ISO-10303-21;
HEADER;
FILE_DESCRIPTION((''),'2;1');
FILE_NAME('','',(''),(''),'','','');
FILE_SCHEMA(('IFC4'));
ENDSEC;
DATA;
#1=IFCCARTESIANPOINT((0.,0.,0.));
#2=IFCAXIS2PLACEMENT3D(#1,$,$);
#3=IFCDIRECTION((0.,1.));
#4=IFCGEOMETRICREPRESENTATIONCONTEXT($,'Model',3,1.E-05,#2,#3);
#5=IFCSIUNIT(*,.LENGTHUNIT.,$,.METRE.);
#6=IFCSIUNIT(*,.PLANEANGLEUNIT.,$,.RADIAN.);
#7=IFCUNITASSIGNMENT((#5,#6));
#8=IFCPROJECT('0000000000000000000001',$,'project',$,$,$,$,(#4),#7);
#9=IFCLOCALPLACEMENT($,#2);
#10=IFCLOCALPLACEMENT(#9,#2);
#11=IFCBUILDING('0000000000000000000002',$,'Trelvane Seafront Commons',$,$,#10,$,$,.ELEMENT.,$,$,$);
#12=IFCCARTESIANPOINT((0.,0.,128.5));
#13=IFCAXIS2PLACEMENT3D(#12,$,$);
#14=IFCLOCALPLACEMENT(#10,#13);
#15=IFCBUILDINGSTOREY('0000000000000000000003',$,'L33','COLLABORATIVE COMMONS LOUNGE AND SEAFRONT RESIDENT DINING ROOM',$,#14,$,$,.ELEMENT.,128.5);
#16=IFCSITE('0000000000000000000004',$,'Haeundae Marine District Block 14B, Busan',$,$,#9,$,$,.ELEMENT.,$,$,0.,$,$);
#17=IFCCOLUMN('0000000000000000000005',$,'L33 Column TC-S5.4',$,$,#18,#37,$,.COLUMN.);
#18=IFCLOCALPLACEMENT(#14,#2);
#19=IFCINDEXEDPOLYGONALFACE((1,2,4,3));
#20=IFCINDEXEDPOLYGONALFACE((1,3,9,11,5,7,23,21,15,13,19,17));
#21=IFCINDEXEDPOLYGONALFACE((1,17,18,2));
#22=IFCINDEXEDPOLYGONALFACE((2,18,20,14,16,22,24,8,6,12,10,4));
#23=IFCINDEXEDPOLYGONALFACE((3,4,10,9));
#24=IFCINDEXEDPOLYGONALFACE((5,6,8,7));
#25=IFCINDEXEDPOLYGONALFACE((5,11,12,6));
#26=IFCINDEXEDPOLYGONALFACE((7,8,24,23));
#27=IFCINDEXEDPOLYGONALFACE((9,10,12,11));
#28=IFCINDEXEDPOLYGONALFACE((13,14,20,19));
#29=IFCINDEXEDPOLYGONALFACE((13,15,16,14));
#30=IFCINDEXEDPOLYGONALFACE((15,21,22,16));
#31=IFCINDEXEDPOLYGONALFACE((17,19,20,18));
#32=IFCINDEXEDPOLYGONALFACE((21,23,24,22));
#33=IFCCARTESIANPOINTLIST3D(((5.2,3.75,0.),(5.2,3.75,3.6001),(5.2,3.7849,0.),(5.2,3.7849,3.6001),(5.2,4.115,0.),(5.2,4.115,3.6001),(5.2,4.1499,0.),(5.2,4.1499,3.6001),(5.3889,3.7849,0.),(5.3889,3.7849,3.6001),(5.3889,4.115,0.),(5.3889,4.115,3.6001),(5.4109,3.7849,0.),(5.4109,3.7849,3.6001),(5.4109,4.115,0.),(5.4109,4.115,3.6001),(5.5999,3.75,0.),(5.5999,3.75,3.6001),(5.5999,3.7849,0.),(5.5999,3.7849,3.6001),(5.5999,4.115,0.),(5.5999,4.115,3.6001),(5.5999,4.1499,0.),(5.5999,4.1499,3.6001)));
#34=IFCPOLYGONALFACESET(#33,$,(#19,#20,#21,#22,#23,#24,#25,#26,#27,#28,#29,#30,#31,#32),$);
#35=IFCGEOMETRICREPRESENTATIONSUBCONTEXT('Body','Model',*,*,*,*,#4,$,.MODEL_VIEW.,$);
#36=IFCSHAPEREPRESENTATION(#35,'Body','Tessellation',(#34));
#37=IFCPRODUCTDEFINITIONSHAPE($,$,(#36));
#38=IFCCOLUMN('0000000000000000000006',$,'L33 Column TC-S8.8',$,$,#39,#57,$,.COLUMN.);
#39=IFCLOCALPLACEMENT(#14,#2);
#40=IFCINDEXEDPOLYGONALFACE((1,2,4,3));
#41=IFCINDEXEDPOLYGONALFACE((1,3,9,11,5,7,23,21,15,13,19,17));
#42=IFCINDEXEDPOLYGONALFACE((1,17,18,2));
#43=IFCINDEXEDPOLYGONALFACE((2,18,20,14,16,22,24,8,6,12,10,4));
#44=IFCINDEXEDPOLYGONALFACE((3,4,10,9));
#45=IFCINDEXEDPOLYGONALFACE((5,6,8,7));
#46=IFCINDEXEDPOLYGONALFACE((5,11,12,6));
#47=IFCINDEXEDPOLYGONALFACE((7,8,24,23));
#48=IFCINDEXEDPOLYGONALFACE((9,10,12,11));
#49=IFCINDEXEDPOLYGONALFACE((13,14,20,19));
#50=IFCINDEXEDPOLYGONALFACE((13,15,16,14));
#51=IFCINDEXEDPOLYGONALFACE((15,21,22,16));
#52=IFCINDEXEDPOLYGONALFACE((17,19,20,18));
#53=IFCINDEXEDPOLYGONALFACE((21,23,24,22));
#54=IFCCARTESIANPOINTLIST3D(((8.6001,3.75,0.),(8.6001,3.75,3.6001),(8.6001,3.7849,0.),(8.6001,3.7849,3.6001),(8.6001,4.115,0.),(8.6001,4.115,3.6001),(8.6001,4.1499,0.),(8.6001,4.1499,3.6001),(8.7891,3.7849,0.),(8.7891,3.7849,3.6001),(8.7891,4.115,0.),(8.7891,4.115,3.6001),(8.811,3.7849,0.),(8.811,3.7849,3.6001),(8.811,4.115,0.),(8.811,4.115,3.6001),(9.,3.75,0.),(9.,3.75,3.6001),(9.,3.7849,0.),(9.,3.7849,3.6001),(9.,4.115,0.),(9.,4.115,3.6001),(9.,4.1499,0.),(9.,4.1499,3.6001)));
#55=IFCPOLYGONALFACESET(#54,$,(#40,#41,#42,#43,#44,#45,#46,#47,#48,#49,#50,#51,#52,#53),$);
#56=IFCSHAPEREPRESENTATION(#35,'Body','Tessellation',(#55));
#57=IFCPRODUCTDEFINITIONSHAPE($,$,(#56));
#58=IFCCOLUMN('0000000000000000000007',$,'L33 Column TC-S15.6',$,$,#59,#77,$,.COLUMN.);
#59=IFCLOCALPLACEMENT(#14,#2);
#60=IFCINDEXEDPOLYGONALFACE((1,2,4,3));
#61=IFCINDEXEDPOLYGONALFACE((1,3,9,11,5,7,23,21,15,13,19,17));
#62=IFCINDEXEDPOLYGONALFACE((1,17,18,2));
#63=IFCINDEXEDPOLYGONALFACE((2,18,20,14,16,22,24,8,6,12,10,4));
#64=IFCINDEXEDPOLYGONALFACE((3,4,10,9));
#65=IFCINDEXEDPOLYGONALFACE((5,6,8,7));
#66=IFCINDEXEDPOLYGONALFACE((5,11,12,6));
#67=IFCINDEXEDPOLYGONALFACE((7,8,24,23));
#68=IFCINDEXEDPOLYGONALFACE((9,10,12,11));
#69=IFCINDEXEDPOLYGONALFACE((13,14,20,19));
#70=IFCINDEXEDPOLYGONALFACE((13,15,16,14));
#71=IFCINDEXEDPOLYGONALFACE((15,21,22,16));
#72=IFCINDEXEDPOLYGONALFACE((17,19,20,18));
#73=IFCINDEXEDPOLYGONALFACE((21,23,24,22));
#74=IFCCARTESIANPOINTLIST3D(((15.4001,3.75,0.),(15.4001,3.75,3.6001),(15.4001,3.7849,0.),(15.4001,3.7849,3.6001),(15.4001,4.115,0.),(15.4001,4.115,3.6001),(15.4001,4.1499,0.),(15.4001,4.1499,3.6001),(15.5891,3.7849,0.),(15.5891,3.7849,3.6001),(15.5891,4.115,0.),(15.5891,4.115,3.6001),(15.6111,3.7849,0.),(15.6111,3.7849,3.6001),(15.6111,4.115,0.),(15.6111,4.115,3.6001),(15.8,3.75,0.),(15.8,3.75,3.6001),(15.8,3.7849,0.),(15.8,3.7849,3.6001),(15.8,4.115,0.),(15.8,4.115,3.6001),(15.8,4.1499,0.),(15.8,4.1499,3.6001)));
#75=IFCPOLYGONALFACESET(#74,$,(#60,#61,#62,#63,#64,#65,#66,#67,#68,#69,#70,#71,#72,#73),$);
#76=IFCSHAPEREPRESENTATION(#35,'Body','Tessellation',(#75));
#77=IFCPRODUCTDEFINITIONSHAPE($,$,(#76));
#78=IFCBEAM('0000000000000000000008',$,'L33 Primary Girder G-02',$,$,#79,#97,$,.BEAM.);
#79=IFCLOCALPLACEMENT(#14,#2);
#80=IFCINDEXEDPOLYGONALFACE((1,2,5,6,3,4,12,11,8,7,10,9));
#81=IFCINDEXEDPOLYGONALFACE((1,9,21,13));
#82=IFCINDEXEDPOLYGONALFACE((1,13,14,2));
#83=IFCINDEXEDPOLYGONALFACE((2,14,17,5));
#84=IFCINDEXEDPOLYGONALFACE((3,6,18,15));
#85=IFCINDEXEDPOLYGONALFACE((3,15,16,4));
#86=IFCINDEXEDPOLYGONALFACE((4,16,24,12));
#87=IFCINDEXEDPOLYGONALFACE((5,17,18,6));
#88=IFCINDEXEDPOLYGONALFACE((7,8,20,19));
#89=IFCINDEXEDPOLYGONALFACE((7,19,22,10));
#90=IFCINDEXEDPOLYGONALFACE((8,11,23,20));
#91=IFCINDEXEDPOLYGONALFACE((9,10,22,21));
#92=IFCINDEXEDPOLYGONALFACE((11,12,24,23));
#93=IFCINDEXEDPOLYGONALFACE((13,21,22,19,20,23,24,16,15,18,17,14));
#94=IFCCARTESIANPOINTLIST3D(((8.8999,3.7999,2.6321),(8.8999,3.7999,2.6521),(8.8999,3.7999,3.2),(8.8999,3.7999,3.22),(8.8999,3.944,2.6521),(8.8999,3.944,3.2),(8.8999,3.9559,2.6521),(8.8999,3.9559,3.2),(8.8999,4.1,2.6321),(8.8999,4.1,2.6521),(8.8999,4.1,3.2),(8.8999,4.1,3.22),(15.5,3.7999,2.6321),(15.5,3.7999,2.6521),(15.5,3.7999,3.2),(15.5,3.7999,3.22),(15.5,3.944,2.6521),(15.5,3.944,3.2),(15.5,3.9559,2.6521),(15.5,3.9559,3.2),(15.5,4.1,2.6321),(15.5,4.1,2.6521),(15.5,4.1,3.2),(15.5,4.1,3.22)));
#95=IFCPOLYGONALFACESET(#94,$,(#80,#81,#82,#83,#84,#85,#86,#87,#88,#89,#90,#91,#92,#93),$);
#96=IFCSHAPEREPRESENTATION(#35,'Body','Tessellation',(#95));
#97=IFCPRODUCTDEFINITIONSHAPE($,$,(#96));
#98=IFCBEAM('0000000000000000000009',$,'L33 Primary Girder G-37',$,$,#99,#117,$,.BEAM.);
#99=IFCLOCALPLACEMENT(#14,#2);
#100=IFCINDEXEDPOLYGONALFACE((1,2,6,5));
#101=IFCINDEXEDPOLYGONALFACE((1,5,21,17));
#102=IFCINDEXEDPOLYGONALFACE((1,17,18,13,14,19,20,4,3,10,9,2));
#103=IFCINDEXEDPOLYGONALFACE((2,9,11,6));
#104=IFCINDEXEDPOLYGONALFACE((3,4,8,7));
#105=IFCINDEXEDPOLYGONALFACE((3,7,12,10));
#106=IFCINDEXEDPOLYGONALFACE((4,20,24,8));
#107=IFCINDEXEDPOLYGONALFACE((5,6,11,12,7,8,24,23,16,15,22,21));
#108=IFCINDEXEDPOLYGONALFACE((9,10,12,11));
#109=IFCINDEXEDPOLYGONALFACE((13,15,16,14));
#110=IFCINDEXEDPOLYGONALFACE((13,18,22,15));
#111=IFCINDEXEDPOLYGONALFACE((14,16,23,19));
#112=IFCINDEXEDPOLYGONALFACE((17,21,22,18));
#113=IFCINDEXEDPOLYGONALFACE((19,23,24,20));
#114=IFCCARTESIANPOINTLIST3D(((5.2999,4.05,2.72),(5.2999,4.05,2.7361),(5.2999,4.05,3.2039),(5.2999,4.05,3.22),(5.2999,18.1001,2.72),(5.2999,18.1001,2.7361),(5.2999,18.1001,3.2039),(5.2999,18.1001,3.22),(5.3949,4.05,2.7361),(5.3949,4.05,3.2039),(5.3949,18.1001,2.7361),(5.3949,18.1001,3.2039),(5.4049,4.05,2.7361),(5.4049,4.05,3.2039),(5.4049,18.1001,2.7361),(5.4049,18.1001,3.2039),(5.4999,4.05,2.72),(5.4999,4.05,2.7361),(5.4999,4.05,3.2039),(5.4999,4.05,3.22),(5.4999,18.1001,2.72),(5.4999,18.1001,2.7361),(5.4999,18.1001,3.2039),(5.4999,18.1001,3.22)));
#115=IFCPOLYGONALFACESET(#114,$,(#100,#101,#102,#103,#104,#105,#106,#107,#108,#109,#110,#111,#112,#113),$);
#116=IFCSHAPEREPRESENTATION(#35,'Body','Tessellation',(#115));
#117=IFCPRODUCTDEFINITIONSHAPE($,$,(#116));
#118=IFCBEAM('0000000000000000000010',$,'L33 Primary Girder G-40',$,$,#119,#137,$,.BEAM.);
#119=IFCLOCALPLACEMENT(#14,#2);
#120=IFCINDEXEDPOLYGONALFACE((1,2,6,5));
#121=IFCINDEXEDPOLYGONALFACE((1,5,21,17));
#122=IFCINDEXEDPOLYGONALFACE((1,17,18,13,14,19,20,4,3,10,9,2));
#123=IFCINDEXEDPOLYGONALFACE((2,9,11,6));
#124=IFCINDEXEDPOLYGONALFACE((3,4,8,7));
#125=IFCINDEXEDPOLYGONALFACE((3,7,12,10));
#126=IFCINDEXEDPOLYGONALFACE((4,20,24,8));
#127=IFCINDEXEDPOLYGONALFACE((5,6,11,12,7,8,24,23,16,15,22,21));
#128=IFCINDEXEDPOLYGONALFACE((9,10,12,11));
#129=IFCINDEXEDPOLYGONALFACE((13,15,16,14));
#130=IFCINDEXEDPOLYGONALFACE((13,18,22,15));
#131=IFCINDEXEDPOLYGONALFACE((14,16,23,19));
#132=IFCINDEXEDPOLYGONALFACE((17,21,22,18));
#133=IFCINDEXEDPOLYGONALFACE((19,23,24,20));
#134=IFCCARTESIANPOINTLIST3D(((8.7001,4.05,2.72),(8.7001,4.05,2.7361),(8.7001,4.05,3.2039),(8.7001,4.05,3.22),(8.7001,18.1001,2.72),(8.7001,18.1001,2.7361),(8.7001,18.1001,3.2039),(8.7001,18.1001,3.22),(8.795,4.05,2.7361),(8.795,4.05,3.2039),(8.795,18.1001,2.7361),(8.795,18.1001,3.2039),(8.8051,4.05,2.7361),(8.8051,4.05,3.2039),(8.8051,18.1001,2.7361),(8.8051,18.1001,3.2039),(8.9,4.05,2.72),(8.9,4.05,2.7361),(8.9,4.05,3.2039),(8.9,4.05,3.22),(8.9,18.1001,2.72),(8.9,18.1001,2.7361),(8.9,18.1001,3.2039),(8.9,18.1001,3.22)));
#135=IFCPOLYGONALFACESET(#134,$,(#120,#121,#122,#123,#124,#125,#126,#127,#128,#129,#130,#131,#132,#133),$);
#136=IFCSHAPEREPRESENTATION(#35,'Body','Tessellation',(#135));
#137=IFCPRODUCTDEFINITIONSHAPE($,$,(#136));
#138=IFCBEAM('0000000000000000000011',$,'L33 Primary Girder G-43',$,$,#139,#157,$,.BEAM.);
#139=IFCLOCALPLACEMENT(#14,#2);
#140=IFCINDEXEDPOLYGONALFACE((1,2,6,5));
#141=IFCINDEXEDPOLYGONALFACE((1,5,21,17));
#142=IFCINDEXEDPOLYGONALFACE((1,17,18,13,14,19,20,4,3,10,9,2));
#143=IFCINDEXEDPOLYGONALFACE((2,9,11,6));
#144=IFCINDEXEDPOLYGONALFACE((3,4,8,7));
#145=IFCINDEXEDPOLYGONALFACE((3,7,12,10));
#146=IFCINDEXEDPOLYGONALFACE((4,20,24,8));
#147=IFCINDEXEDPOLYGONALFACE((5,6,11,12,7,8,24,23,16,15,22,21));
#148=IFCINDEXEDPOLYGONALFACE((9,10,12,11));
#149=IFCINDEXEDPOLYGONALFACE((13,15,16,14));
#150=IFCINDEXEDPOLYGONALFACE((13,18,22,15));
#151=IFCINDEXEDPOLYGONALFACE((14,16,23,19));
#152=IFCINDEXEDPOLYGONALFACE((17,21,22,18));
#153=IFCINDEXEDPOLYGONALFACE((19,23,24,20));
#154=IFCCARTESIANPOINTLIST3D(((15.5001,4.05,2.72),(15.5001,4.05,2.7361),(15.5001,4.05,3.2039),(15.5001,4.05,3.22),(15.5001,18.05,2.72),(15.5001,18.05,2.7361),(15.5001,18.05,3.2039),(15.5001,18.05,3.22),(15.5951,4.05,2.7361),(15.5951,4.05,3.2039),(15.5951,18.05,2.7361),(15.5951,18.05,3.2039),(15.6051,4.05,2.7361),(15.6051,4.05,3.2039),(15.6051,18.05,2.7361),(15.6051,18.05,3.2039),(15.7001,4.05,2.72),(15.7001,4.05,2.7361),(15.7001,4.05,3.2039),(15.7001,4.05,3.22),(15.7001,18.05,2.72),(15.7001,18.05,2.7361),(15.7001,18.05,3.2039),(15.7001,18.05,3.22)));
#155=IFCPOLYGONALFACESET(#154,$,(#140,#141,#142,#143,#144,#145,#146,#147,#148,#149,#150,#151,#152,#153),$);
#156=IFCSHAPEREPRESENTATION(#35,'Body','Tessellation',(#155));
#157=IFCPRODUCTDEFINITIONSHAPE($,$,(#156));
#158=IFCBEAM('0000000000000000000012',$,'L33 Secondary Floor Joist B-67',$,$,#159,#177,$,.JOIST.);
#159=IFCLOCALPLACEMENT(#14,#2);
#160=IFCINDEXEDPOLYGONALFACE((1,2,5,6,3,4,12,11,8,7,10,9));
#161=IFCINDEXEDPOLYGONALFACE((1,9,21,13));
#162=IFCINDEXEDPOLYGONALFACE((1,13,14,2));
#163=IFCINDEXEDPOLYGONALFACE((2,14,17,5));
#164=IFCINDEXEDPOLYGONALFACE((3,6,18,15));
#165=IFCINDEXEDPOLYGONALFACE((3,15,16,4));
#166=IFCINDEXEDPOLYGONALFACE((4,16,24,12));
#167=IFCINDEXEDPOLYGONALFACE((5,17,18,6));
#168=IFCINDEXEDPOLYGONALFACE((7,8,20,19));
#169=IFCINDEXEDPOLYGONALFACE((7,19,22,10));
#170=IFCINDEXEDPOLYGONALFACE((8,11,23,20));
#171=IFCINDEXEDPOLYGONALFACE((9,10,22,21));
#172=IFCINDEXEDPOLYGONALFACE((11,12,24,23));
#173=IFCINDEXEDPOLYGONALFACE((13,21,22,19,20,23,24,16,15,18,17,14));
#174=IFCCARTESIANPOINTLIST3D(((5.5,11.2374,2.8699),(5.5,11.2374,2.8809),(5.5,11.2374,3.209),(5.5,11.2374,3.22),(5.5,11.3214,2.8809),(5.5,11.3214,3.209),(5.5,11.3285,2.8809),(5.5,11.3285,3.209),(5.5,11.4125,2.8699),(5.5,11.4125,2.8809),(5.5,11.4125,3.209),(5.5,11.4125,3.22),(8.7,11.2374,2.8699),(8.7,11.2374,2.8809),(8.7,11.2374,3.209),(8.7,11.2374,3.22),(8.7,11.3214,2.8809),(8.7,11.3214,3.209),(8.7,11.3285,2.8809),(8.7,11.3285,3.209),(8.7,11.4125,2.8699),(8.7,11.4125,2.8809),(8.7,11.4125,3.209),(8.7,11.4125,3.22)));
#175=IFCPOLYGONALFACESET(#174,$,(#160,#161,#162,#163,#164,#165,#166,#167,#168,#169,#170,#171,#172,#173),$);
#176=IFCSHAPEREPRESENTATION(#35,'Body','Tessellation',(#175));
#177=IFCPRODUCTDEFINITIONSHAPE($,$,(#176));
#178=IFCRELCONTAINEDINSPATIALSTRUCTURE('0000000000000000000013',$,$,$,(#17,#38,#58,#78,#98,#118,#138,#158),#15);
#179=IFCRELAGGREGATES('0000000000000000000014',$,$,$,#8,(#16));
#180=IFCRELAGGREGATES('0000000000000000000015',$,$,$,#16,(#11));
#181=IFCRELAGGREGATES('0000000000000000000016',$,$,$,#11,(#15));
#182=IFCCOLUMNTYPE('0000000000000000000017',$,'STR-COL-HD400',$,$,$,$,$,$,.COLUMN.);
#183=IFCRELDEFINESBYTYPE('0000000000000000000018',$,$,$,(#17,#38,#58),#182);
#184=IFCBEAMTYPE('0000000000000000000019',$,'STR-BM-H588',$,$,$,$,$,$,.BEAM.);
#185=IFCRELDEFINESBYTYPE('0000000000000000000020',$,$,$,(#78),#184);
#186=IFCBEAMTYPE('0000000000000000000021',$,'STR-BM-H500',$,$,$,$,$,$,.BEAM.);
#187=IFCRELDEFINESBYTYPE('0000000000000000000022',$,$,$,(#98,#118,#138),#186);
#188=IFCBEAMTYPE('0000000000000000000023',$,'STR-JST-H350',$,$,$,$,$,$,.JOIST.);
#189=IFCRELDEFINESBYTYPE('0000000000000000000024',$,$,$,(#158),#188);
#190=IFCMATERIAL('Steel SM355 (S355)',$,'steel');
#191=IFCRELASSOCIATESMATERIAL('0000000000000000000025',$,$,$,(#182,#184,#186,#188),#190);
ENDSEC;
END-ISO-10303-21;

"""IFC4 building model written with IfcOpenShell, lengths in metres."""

from ifc_helpers import new_model, si_unit, direction, frame, origin, origin_2d, place, context, subcontext, project, spatial, i_section, extrude, source, transform, mapped, material, material_profile, profile_set, type_object, element, save


model = new_model("IFC4")

# Units and contexts
model_context = context("Model", 3, precision=1e-05, world=origin(), true_north=direction((0.0, 1.0)))
body_context = subcontext(model_context, "Body", "Model", "MODEL_VIEW")
ifc_project = project(units=[si_unit("LENGTHUNIT", "METRE"), si_unit("PLANEANGLEUNIT", "RADIAN")], contexts=[model_context])

# Site, building, storey
site_placement = place(None, origin())
site = spatial("IfcSite", under=ifc_project, at=site_placement, Name="Haeundae Marine District Block 14B, Busan", CompositionType="ELEMENT", RefElevation=0.0)
building_placement = place(site_placement, origin())
building = spatial("IfcBuilding", under=site, at=building_placement, Name="Trelvane Seafront Commons", CompositionType="ELEMENT")
storey_placement = place(building_placement, frame((0.0, 0.0, 128.5)))
storey = spatial("IfcBuildingStorey", under=building, at=storey_placement, Name="L33", Description="COLLABORATIVE COMMONS LOUNGE AND SEAFRONT RESIDENT DINING ROOM", CompositionType="ELEMENT", Elevation=128.5)

# Columns
ifc_material_1 = material(Name="Steel SM355 (S355)", Category="steel")
ifc_material_profile_1 = material_profile(ifc_material_1, i_section(OverallWidth=0.3999, OverallDepth=0.3999, WebThickness=0.022, FlangeThickness=0.0349, at=origin_2d()), Name="HD-400x400x22x35")
ifc_profile_set_1 = profile_set([ifc_material_profile_1], Name="Steel SM355 (S355)")
column_type = type_object("IfcColumnType", Name="STR-COL-HD400", PredefinedType="COLUMN", material=ifc_profile_set_1)
shared_shape_1 = source(origin(), body_context, "Body", "SweptSolid", [
    extrude(i_section(OverallWidth=0.3999, OverallDepth=0.3999, WebThickness=0.022, FlangeThickness=0.0349, at=origin_2d()), origin(), (0.0, 0.0, 1.0), 3.6001),
])
for number, where, z_axis, x_axis, name in (
    (1, (5.3999, 3.95, 0.0), (0.0, 0.0, 1.0), (1.0, 0.0, 0.0), "L33 Column TC-S5.4"),
    (2, (8.8, 3.95, 0.0), (0.0, 0.0, 1.0), (1.0, 0.0, 0.0), "L33 Column TC-S8.8"),
    (3, (15.6001, 3.95, 0.0), (0.0, 0.0, 1.0), (1.0, 0.0, 0.0), "L33 Column TC-S15.6"),
):
    element("IfcColumn", number, at=place(storey_placement, frame(where, z_axis=z_axis, x_axis=x_axis)), inside=storey, type_object=column_type, Name=name, PredefinedType="COLUMN", context=body_context, shape_type="MappedRepresentation", body=[
        mapped(shared_shape_1, transform((0.0, 0.0, 0.0), x_axis=(1.0, 0.0, 0.0), y_axis=(0.0, 1.0, 0.0), z_axis=(0.0, 0.0, 1.0), scale=1.0)),
    ])

# Beams
ifc_material_profile_2 = material_profile(ifc_material_1, i_section(OverallWidth=0.3, OverallDepth=0.5879, WebThickness=0.012, FlangeThickness=0.02, at=origin_2d()), Name="H-588x300x12x20")
ifc_profile_set_2 = profile_set([ifc_material_profile_2], Name="Steel SM355 (S355)")
beam_type_1 = type_object("IfcBeamType", Name="STR-BM-H588", PredefinedType="BEAM", material=ifc_profile_set_2)
shared_shape_2 = source(origin(), body_context, "Body", "SweptSolid", [
    extrude(i_section(OverallWidth=0.3, OverallDepth=0.5879, WebThickness=0.012, FlangeThickness=0.02, at=origin_2d()), origin(), (0.0, 0.0, 1.0), 6.6001),
])
beam_1_placement = place(storey_placement, frame((8.8999, 3.95, 2.926), z_axis=(1.0, 0.0, 0.0), x_axis=(0.0, 1.0, 0.0)))
element("IfcBeam", 4, at=beam_1_placement, inside=storey, type_object=beam_type_1, Name="L33 Primary Girder G-02", PredefinedType="BEAM", context=body_context, shape_type="MappedRepresentation", body=[
    mapped(shared_shape_2, transform((0.0, 0.0, 0.0), x_axis=(1.0, 0.0, 0.0), y_axis=(0.0, 1.0, 0.0), z_axis=(0.0, 0.0, 1.0), scale=1.0)),
])
ifc_material_profile_3 = material_profile(ifc_material_1, i_section(OverallWidth=0.2, OverallDepth=0.5, WebThickness=0.01, FlangeThickness=0.0161, at=origin_2d()), Name="H-500x200x10x16")
ifc_profile_set_3 = profile_set([ifc_material_profile_3], Name="Steel SM355 (S355)")
beam_type_2 = type_object("IfcBeamType", Name="STR-BM-H500", PredefinedType="BEAM", material=ifc_profile_set_3)
shared_shape_3 = source(origin(), body_context, "Body", "SweptSolid", [
    extrude(i_section(OverallWidth=0.2, OverallDepth=0.5, WebThickness=0.01, FlangeThickness=0.0161, at=origin_2d()), origin(), (0.0, 0.0, 1.0), 14.05),
])
for number, where, z_axis, x_axis, name in (
    (5, (5.3999, 4.05, 2.97), (0.0, 1.0, 0.0), (-1.0, 0.0, 0.0), "L33 Primary Girder G-37"),
    (6, (8.8, 4.05, 2.97), (0.0, 1.0, 0.0), (-1.0, 0.0, 0.0), "L33 Primary Girder G-40"),
):
    element("IfcBeam", number, at=place(storey_placement, frame(where, z_axis=z_axis, x_axis=x_axis)), inside=storey, type_object=beam_type_2, Name=name, PredefinedType="BEAM", context=body_context, shape_type="MappedRepresentation", body=[
        mapped(shared_shape_3, transform((0.0, 0.0, 0.0), x_axis=(1.0, 0.0, 0.0), y_axis=(0.0, 1.0, 0.0), z_axis=(0.0, 0.0, 1.0), scale=1.0)),
    ])
shared_shape_4 = source(origin(), body_context, "Body", "SweptSolid", [
    extrude(i_section(OverallWidth=0.2, OverallDepth=0.5, WebThickness=0.01, FlangeThickness=0.0161, at=origin_2d()), origin(), (0.0, 0.0, 1.0), 14.0),
])
beam_2_placement = place(storey_placement, frame((15.6001, 4.05, 2.97), z_axis=(0.0, 1.0, 0.0), x_axis=(-1.0, 0.0, 0.0)))
element("IfcBeam", 7, at=beam_2_placement, inside=storey, type_object=beam_type_2, Name="L33 Primary Girder G-43", PredefinedType="BEAM", context=body_context, shape_type="MappedRepresentation", body=[
    mapped(shared_shape_4, transform((0.0, 0.0, 0.0), x_axis=(1.0, 0.0, 0.0), y_axis=(0.0, 1.0, 0.0), z_axis=(0.0, 0.0, 1.0), scale=1.0)),
])
ifc_material_profile_4 = material_profile(ifc_material_1, i_section(OverallWidth=0.175, OverallDepth=0.3501, WebThickness=0.0071, FlangeThickness=0.011, at=origin_2d()), Name="H-350x175x7x11")
ifc_profile_set_4 = profile_set([ifc_material_profile_4], Name="Steel SM355 (S355)")
beam_type_3 = type_object("IfcBeamType", Name="STR-JST-H350", PredefinedType="JOIST", material=ifc_profile_set_4)
shared_shape_5 = source(origin(), body_context, "Body", "SweptSolid", [
    extrude(i_section(OverallWidth=0.175, OverallDepth=0.3501, WebThickness=0.0071, FlangeThickness=0.011, at=origin_2d()), origin(), (0.0, 0.0, 1.0), 3.2),
])
beam_3_placement = place(storey_placement, frame((5.5, 11.325, 3.0449), z_axis=(1.0, 0.0, 0.0), x_axis=(0.0, 1.0, 0.0)))
element("IfcBeam", 8, at=beam_3_placement, inside=storey, type_object=beam_type_3, Name="L33 Secondary Floor Joist B-67", PredefinedType="JOIST", context=body_context, shape_type="MappedRepresentation", body=[
    mapped(shared_shape_5, transform((0.0, 0.0, 0.0), x_axis=(1.0, 0.0, 0.0), y_axis=(0.0, 1.0, 0.0), z_axis=(0.0, 0.0, 1.0), scale=1.0)),
])

save(model, "model.ifc")
